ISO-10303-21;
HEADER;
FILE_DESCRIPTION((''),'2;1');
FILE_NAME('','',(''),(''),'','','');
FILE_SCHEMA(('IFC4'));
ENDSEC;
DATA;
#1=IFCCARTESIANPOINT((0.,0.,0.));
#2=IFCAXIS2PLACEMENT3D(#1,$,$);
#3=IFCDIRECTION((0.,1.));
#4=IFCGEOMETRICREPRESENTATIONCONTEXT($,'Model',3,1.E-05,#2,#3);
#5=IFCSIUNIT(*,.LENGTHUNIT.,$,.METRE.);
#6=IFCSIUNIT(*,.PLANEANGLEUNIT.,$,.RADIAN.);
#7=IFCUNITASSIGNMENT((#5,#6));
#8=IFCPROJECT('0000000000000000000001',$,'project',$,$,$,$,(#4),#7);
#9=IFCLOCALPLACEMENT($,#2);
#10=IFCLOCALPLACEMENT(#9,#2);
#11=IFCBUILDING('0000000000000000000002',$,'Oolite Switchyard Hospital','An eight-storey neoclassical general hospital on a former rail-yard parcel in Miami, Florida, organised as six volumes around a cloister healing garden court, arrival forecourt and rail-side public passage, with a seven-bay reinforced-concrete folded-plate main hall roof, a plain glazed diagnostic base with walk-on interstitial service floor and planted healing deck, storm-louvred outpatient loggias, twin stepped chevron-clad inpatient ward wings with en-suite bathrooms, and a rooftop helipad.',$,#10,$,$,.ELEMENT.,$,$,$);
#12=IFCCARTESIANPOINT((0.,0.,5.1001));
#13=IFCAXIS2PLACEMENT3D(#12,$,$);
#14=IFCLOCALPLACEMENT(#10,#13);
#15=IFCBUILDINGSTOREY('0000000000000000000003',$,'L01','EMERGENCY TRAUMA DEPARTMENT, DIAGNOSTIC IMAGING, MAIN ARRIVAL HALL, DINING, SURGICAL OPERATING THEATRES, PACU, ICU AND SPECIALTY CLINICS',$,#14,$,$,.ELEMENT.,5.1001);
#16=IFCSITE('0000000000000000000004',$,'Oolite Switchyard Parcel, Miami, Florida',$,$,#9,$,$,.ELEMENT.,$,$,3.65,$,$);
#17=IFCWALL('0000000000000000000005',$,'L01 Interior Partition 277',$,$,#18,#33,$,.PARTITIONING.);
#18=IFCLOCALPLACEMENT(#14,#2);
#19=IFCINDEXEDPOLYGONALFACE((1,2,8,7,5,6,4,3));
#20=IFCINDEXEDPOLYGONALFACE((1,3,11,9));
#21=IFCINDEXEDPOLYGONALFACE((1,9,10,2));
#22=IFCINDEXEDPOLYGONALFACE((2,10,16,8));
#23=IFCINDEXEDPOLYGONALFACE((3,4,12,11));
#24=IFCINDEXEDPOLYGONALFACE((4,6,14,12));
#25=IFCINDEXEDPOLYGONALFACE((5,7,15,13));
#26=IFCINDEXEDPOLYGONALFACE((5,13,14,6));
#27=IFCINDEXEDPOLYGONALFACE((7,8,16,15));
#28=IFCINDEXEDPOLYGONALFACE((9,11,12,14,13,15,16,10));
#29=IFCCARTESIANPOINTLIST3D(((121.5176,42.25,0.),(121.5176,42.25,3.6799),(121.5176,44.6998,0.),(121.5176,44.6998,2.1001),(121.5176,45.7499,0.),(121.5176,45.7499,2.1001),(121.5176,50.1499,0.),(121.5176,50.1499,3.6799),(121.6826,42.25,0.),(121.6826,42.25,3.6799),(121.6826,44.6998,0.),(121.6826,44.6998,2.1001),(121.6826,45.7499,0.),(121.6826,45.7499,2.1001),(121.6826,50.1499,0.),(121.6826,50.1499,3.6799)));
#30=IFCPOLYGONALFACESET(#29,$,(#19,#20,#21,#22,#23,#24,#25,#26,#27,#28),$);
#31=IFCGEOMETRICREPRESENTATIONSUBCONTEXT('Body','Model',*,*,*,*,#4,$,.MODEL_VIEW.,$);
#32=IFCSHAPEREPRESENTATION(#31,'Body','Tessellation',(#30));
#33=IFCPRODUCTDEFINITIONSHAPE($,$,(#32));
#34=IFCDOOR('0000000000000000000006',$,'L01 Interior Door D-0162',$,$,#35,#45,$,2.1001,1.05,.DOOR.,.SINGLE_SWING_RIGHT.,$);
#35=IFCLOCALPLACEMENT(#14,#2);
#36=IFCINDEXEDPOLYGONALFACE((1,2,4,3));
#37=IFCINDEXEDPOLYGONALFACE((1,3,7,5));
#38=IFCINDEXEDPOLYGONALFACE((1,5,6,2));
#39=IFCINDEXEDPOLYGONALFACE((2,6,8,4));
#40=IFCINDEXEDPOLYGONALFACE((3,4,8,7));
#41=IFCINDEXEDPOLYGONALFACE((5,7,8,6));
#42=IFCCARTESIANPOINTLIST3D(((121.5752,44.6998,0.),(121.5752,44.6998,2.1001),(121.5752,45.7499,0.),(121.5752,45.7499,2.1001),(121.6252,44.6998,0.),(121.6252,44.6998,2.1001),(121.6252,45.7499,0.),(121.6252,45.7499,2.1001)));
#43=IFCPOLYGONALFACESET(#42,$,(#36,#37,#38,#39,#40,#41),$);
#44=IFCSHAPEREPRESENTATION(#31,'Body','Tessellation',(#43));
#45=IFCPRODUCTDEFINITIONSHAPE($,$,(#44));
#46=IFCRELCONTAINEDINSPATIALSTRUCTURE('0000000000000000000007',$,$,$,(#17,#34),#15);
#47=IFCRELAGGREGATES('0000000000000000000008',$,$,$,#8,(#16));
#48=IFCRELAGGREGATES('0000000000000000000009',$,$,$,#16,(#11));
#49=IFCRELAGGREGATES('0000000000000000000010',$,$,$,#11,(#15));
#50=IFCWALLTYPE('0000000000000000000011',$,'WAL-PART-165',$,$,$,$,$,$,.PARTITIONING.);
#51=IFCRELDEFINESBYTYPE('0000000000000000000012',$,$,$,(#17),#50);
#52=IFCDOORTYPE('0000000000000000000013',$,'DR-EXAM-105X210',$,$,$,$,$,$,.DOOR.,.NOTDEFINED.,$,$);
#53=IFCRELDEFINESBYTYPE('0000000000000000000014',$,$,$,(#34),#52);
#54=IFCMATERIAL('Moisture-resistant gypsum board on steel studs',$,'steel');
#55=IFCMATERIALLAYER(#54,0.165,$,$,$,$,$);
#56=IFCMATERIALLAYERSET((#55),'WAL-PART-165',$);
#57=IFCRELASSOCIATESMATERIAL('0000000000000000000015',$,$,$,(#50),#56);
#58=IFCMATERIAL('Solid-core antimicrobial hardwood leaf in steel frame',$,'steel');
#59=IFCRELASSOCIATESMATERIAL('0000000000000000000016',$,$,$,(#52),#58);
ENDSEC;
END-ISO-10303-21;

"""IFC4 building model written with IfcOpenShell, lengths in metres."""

from ifc_helpers import new_model, si_unit, direction, frame, frame_2d, origin, place, context, subcontext, project, spatial, rectangle, extrude, material, layer, layer_set, type_object, element, fill, save


model = new_model("IFC4")

# Units and contexts
model_context = context("Model", 3, precision=1e-05, world=origin(), true_north=direction((0.0, 1.0)))
body_context = subcontext(model_context, "Body", "Model", "MODEL_VIEW")
ifc_project = project(units=[si_unit("LENGTHUNIT", "METRE"), si_unit("PLANEANGLEUNIT", "RADIAN")], contexts=[model_context])

# Site, building, storey
site_placement = place(None, origin())
site = spatial("IfcSite", under=ifc_project, at=site_placement, Name="Oolite Switchyard Parcel, Miami, Florida", CompositionType="ELEMENT", RefElevation=3.65)
building_placement = place(site_placement, origin())
building = spatial("IfcBuilding", under=site, at=building_placement, Name="Oolite Switchyard Hospital", Description="An eight-storey neoclassical general hospital on a former rail-yard parcel in Miami, Florida, organised as six volumes around a cloister healing garden court, arrival forecourt and rail-side public passage, with a seven-bay reinforced-concrete folded-plate main hall roof, a plain glazed diagnostic base with walk-on interstitial service floor and planted healing deck, storm-louvred outpatient loggias, twin stepped chevron-clad inpatient ward wings with en-suite bathrooms, and a rooftop helipad.", CompositionType="ELEMENT")
storey_placement = place(building_placement, frame((0.0, 0.0, 5.1001)))
storey = spatial("IfcBuildingStorey", under=building, at=storey_placement, Name="L01", Description="EMERGENCY TRAUMA DEPARTMENT, DIAGNOSTIC IMAGING, MAIN ARRIVAL HALL, DINING, SURGICAL OPERATING THEATRES, PACU, ICU AND SPECIALTY CLINICS", CompositionType="ELEMENT", Elevation=5.1001)

# Shared definitions
ifc_material_1 = material(Name="Moisture-resistant gypsum board on steel studs", Category="steel")

# Wall, opening, door
ifc_layer_1 = layer(ifc_material_1, 0.165)
ifc_layer_set_1 = layer_set([ifc_layer_1], Name="WAL-PART-165")
wall_type_1 = type_object("IfcWallType", Name="WAL-PART-165", PredefinedType="PARTITIONING", material=ifc_layer_set_1)
wall_1_placement = place(storey_placement, frame((121.6001, 42.25, 0.0), z_axis=(0.0, 0.0, 1.0), x_axis=(0.0, 1.0, 0.0)))
wall_1 = element("IfcWall", 1, at=wall_1_placement, inside=storey, type_object=wall_type_1, Name="L01 Interior Partition 277", PredefinedType="PARTITIONING", context=body_context, shape_type="SweptSolid", body=[
    extrude(rectangle(XDim=7.8999, YDim=0.165, at=frame_2d((3.95, 0.0))), origin(), (0.0, 0.0, 1.0), 3.6799),
])
opening_placement = place(wall_1_placement, frame((2.45, 0.0, 0.0)))
opening = element("IfcOpeningElement", 2, at=opening_placement, cuts=wall_1, PredefinedType="OPENING", context=body_context, shape_type="SweptSolid", body=[
    extrude(rectangle(XDim=1.05, YDim=2.1001, at=frame_2d((0.5249, 1.05))), frame((0.0, 0.0925, 0.0), z_axis=(0.0, -1.0, 0.0), x_axis=(1.0, 0.0, 0.0)), (0.0, 0.0, 1.0), 0.1851),
])
ifc_material_2 = material(Name="Solid-core antimicrobial hardwood leaf in steel frame", Category="steel")
door_type = type_object("IfcDoorType", Name="DR-EXAM-105X210", OperationType="NOTDEFINED", PredefinedType="DOOR", material=ifc_material_2)
door_placement = place(opening_placement, origin())
door = element("IfcDoor", 3, at=door_placement, inside=storey, type_object=door_type, Name="L01 Interior Door D-0162", OperationType="SINGLE_SWING_RIGHT", OverallHeight=2.1001, OverallWidth=1.05, PredefinedType="DOOR", context=body_context, shape_type="SweptSolid", body=[
    extrude(rectangle(XDim=1.05, YDim=2.1001, at=frame_2d((0.5249, 1.05))), frame((0.0, 0.0249, 0.0), z_axis=(0.0, -1.0, 0.0), x_axis=(1.0, 0.0, 0.0)), (0.0, 0.0, 1.0), 0.05),
])
fill(opening, door)

save(model, "model.ifc")
